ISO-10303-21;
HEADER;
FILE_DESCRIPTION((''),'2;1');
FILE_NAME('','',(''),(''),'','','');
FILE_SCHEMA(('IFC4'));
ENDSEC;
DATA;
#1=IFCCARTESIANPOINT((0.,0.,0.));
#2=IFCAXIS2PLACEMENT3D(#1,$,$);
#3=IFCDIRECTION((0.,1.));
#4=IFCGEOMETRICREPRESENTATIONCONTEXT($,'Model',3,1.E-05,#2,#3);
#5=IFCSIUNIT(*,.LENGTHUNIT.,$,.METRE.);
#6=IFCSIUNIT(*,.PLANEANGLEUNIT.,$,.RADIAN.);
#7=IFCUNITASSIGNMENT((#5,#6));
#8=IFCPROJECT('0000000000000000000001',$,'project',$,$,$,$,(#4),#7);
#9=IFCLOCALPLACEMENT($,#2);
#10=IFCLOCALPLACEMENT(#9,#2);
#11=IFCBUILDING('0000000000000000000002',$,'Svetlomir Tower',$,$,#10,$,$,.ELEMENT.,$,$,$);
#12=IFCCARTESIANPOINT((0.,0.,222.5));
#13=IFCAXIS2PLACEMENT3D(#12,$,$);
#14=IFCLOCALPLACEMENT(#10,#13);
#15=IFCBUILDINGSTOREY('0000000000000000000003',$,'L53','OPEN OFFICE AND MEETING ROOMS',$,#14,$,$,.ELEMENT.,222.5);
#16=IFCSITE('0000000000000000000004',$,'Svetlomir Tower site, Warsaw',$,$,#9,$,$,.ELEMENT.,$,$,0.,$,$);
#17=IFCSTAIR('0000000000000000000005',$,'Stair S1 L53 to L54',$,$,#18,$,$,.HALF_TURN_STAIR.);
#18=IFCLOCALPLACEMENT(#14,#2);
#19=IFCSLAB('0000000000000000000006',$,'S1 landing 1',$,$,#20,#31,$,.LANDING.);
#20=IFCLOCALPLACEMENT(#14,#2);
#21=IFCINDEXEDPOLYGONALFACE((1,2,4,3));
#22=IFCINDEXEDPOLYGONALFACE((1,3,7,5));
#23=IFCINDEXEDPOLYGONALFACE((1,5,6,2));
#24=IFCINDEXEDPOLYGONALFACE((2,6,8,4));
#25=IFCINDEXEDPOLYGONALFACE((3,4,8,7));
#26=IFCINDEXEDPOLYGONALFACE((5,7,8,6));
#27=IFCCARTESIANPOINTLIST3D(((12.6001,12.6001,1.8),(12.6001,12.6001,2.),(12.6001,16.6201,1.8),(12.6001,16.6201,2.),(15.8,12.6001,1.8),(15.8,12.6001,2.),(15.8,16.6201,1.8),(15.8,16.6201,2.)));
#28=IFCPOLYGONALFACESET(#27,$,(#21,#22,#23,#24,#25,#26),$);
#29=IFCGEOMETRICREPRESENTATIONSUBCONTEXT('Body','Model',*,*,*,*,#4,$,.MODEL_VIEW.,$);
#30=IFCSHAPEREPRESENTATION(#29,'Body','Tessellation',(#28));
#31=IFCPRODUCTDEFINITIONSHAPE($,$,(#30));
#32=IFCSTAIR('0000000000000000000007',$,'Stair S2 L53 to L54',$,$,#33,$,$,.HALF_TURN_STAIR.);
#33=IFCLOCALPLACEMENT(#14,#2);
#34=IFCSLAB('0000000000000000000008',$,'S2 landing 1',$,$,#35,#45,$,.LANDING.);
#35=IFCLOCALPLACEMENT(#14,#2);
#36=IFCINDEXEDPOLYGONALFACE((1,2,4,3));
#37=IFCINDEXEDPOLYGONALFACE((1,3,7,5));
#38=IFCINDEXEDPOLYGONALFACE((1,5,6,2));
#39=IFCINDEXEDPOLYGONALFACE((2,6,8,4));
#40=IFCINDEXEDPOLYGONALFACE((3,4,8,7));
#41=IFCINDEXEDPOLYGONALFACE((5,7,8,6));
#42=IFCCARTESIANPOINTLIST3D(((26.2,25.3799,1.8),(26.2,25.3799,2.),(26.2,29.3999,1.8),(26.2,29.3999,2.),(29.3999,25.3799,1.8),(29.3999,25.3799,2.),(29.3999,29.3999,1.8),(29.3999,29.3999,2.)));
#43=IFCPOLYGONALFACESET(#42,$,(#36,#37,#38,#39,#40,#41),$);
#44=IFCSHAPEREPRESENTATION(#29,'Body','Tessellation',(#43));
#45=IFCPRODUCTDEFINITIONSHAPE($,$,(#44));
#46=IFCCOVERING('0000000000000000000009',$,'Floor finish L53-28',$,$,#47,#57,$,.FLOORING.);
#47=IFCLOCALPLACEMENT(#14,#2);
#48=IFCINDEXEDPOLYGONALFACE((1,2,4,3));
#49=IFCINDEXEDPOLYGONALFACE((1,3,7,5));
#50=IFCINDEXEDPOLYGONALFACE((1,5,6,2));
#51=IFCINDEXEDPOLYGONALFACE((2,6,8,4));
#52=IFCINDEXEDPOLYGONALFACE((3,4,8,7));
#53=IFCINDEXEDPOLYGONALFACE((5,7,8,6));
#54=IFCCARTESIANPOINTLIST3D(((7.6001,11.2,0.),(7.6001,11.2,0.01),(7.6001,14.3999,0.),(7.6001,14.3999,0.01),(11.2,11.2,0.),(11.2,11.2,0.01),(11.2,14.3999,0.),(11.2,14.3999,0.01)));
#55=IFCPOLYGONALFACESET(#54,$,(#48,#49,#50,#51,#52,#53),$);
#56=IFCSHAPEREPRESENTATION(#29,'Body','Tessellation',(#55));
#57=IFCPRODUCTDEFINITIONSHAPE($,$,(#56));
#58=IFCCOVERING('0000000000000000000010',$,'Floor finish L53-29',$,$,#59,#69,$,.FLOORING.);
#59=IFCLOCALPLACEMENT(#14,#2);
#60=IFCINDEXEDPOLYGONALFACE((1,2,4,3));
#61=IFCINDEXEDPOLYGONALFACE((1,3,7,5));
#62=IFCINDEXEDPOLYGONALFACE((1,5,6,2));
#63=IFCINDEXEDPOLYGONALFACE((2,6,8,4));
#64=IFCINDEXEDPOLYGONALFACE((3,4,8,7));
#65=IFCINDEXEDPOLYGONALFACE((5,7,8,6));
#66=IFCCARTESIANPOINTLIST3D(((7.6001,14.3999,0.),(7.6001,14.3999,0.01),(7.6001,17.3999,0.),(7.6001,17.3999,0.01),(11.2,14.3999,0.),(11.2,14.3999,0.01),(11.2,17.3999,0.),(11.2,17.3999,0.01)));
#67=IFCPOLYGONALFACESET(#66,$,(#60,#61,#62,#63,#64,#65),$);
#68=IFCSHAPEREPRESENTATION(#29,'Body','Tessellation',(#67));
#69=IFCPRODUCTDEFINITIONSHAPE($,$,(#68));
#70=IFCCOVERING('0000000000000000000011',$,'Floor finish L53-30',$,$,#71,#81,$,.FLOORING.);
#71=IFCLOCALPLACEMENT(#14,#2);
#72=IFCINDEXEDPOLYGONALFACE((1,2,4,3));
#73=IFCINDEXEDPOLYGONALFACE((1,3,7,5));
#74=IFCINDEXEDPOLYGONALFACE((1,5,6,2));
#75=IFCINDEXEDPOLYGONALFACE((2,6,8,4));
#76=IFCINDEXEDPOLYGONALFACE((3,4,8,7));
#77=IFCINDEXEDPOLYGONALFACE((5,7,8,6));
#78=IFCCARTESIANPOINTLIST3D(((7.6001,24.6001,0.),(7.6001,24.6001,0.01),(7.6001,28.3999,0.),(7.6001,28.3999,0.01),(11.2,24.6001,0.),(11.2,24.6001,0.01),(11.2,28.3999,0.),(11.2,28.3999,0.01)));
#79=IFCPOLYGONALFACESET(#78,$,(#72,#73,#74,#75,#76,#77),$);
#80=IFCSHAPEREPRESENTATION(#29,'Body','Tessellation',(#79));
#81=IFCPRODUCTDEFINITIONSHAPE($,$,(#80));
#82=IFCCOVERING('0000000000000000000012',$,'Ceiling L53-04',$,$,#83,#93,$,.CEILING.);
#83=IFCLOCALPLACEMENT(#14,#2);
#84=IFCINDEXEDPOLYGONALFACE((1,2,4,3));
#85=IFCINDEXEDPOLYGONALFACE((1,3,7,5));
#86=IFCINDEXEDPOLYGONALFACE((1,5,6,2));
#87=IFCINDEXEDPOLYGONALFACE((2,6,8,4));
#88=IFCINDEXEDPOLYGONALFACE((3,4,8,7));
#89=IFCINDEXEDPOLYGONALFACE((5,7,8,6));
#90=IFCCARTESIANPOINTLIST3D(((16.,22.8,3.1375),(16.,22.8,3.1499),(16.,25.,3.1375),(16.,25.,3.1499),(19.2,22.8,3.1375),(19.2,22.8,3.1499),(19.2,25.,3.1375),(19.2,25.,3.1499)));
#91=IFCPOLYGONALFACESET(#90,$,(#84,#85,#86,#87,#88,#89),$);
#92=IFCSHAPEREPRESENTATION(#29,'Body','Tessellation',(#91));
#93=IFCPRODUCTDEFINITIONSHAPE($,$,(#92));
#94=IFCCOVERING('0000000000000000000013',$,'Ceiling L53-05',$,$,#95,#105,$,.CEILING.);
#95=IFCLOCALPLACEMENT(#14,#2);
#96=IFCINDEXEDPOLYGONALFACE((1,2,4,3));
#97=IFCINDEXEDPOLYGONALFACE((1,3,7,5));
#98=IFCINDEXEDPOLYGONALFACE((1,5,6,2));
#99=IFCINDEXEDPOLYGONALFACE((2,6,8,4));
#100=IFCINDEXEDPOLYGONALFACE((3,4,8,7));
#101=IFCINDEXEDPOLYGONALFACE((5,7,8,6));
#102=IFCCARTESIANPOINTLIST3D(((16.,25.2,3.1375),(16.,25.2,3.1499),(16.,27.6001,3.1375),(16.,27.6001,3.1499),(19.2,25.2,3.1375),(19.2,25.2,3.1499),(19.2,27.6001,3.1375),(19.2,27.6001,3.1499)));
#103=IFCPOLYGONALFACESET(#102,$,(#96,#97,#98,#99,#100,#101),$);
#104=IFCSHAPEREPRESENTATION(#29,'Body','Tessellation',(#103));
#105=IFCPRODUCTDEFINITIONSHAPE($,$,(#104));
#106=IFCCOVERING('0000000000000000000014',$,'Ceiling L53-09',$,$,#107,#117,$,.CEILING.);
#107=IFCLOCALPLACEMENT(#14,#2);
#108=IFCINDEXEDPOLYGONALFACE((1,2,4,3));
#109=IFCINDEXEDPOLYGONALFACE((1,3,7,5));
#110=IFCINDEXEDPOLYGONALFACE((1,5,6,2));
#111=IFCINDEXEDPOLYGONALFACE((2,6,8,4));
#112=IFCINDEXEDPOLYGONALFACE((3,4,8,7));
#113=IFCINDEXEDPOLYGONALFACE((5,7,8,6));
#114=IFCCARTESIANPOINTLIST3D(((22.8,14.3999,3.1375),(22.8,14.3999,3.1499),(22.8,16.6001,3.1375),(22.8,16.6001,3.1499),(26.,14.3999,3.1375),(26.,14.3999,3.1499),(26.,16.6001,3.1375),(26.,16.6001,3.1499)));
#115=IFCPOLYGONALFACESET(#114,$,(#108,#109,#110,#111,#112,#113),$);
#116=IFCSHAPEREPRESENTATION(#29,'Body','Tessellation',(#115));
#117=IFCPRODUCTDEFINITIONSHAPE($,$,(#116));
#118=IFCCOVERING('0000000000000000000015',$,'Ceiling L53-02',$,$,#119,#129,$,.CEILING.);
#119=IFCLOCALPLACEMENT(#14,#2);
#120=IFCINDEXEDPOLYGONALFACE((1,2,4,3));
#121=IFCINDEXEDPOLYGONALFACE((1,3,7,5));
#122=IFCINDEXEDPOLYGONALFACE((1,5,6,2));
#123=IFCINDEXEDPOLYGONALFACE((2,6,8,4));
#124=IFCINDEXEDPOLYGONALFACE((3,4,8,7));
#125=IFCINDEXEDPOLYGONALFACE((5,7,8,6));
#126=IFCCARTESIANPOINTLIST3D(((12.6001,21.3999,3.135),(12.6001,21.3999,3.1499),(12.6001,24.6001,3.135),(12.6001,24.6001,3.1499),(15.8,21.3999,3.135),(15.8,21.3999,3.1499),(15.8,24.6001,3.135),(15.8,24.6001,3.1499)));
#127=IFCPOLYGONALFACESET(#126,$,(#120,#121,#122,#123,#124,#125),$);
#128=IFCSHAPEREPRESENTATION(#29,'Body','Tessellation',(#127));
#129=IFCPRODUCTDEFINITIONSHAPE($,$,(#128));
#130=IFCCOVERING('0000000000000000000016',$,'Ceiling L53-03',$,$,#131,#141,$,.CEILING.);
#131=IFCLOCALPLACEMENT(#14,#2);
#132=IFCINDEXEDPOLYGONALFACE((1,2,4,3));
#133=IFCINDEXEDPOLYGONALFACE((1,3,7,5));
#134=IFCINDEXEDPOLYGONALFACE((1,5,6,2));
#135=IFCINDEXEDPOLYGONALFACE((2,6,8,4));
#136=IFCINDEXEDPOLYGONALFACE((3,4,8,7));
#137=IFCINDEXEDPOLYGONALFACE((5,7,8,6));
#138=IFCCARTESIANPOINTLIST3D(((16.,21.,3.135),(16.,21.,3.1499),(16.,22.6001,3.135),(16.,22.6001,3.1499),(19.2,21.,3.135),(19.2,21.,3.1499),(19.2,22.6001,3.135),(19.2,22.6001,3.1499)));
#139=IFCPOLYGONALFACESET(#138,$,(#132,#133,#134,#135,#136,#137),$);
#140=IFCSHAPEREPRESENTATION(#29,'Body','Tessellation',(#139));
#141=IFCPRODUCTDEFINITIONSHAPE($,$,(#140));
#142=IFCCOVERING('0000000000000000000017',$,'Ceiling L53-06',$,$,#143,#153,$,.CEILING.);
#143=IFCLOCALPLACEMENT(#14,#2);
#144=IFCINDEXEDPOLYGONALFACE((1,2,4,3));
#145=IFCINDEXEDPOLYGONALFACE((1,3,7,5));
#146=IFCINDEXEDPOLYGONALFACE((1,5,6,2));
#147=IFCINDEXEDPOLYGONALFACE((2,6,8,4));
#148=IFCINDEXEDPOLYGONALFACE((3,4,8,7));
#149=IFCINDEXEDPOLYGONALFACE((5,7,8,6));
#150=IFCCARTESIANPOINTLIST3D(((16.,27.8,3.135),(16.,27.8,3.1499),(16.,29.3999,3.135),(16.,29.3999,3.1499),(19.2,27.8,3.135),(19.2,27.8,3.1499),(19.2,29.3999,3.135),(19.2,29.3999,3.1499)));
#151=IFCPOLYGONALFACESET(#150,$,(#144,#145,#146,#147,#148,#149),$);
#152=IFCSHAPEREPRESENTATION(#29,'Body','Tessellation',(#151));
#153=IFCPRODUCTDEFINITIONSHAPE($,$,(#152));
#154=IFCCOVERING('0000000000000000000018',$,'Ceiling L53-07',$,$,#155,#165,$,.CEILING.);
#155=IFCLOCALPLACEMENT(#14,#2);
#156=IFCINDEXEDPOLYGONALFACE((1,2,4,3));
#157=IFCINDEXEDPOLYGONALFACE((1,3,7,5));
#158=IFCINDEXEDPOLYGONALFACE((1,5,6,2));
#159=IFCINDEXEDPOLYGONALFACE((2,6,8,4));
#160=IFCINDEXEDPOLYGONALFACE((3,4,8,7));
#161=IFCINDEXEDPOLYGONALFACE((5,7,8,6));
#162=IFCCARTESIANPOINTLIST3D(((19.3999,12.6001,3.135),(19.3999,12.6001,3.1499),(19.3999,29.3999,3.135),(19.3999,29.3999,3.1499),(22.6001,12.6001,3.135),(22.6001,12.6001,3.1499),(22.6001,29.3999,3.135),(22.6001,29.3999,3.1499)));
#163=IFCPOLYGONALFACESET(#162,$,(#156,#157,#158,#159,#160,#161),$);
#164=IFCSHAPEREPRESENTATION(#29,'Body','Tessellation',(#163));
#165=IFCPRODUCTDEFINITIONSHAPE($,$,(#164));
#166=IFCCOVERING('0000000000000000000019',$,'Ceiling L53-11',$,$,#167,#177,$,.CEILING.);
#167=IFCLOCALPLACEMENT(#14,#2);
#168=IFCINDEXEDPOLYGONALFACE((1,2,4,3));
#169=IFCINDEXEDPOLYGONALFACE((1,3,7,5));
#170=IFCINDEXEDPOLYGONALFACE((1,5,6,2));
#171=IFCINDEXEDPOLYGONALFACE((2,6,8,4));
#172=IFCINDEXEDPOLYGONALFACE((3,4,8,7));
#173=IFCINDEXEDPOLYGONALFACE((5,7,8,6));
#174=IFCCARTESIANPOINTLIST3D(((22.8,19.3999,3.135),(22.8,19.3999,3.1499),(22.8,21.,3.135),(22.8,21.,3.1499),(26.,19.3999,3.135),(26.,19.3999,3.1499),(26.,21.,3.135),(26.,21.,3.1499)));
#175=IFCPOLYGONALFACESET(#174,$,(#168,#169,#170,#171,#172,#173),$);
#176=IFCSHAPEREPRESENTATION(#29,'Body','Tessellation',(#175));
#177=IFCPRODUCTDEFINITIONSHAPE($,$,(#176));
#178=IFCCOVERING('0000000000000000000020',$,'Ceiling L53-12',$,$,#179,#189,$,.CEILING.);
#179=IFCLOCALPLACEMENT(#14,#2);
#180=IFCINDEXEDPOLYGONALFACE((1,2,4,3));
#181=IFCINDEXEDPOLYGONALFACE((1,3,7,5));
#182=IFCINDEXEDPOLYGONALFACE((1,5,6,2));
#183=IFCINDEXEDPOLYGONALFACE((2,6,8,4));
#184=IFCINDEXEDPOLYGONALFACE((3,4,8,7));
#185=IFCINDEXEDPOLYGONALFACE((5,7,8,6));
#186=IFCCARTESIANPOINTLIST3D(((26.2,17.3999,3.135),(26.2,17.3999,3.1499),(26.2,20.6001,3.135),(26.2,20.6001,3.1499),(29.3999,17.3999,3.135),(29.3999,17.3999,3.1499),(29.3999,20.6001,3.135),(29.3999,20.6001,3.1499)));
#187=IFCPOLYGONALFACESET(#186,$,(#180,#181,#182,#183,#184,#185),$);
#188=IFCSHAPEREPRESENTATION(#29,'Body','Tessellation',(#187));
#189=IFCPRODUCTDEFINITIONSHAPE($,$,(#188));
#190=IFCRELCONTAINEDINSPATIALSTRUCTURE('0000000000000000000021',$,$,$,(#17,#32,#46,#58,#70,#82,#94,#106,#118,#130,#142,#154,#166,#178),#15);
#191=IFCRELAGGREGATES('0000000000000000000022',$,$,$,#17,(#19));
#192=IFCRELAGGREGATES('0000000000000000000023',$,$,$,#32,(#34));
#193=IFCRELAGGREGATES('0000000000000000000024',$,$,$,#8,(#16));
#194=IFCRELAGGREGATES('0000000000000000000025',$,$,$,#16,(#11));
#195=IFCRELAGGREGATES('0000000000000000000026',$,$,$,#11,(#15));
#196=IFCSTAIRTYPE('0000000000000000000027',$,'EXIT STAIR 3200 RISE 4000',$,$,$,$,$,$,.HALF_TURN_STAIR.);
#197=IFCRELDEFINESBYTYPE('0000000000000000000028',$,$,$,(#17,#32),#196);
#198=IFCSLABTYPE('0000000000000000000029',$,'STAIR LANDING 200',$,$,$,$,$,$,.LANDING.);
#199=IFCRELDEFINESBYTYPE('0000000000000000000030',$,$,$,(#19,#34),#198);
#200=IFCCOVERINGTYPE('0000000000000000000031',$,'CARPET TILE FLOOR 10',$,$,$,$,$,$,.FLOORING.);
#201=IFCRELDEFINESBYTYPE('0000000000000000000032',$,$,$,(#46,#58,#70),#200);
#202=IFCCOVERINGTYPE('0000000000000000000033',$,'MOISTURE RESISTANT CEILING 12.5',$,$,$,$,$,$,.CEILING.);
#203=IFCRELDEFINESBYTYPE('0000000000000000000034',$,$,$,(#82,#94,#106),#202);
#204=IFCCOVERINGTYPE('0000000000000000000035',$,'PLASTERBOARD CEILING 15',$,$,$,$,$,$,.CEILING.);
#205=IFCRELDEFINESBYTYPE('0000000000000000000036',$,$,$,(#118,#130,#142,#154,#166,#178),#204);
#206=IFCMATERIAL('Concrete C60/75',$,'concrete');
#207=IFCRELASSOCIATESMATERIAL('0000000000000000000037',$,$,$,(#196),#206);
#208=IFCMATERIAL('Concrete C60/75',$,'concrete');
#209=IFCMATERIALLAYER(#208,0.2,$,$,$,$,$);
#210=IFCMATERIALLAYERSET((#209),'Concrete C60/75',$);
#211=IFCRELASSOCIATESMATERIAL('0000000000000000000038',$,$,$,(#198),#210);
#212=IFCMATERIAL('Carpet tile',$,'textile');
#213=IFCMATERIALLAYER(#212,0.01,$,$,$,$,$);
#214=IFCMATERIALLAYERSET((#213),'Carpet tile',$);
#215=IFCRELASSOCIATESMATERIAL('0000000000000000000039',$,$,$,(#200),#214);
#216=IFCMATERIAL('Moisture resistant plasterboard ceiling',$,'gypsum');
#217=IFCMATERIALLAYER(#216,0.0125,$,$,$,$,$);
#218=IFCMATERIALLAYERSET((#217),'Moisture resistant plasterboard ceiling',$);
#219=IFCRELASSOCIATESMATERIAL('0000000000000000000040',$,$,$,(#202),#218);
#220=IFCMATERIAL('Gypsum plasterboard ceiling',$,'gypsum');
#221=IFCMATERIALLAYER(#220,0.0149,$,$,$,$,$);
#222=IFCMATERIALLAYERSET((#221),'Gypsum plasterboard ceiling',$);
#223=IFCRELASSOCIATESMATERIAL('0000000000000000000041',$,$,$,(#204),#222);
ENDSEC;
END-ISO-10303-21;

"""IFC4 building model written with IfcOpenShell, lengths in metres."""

from ifc_helpers import new_model, si_unit, direction, frame, origin, place, context, subcontext, project, spatial, polyline, outline, extrude, material, layer, layer_set, type_object, element, aggregate, save


model = new_model("IFC4")

# Units and contexts
model_context = context("Model", 3, precision=1e-05, world=origin(), true_north=direction((0.0, 1.0)))
body_context = subcontext(model_context, "Body", "Model", "MODEL_VIEW")
ifc_project = project(units=[si_unit("LENGTHUNIT", "METRE"), si_unit("PLANEANGLEUNIT", "RADIAN")], contexts=[model_context])

# Site, building, storey
site_placement = place(None, origin())
site = spatial("IfcSite", under=ifc_project, at=site_placement, Name="Svetlomir Tower site, Warsaw", CompositionType="ELEMENT", RefElevation=0.0)
building_placement = place(site_placement, origin())
building = spatial("IfcBuilding", under=site, at=building_placement, Name="Svetlomir Tower", CompositionType="ELEMENT")
storey_placement = place(building_placement, frame((0.0, 0.0, 222.5)))
storey = spatial("IfcBuildingStorey", under=building, at=storey_placement, Name="L53", Description="OPEN OFFICE AND MEETING ROOMS", CompositionType="ELEMENT", Elevation=222.5)

# Stairs, slabs
ifc_material_1 = material(Name="Concrete C60/75", Category="concrete")
stair_type = type_object("IfcStairType", Name="EXIT STAIR 3200 RISE 4000", PredefinedType="HALF_TURN_STAIR", material=ifc_material_1)
stair_1_placement = place(storey_placement, origin())
stair_1 = element("IfcStair", 1, at=stair_1_placement, inside=storey, type_object=stair_type, Name="Stair S1 L53 to L54", PredefinedType="HALF_TURN_STAIR")
ifc_material_2 = material(Name="Concrete C60/75", Category="concrete")
ifc_layer_1 = layer(ifc_material_2, 0.2)
ifc_layer_set_1 = layer_set([ifc_layer_1], Name="Concrete C60/75")
slab_type = type_object("IfcSlabType", Name="STAIR LANDING 200", PredefinedType="LANDING", material=ifc_layer_set_1)
slab_1_placement = place(storey_placement, frame((0.0, 0.0, 1.8)))
slab_1 = element("IfcSlab", 2, at=slab_1_placement, type_object=slab_type, Name="S1 landing 1", PredefinedType="LANDING", context=body_context, shape_type="SweptSolid", body=[
    extrude(outline(polyline([(12.6001, 12.6001), (15.8, 12.6001), (15.8, 16.6201), (12.6001, 16.6201), (12.6001, 12.6001)])), origin(), (0.0, 0.0, 1.0), 0.2),
])
aggregate(stair_1, [slab_1])
stair_2_placement = place(storey_placement, origin())
stair_2 = element("IfcStair", 3, at=stair_2_placement, inside=storey, type_object=stair_type, Name="Stair S2 L53 to L54", PredefinedType="HALF_TURN_STAIR")
slab_2_placement = place(storey_placement, frame((0.0, 0.0, 1.8)))
slab_2 = element("IfcSlab", 4, at=slab_2_placement, type_object=slab_type, Name="S2 landing 1", PredefinedType="LANDING", context=body_context, shape_type="SweptSolid", body=[
    extrude(outline(polyline([(26.2, 25.3799), (29.3999, 25.3799), (29.3999, 29.3999), (26.2, 29.3999), (26.2, 25.3799)])), origin(), (0.0, 0.0, 1.0), 0.2),
])
aggregate(stair_2, [slab_2])

# Coverings
ifc_material_3 = material(Name="Carpet tile", Category="textile")
ifc_layer_2 = layer(ifc_material_3, 0.01)
ifc_layer_set_2 = layer_set([ifc_layer_2], Name="Carpet tile")
covering_type_1 = type_object("IfcCoveringType", Name="CARPET TILE FLOOR 10", PredefinedType="FLOORING", material=ifc_layer_set_2)
covering_1_placement = place(storey_placement, origin())
element("IfcCovering", 5, at=covering_1_placement, inside=storey, type_object=covering_type_1, Name="Floor finish L53-28", PredefinedType="FLOORING", context=body_context, shape_type="SweptSolid", body=[
    extrude(outline(polyline([(7.6001, 11.2), (11.2, 11.2), (11.2, 14.3999), (7.6001, 14.3999), (7.6001, 11.2)])), origin(), (0.0, 0.0, 1.0), 0.01),
])
covering_2_placement = place(storey_placement, origin())
element("IfcCovering", 6, at=covering_2_placement, inside=storey, type_object=covering_type_1, Name="Floor finish L53-29", PredefinedType="FLOORING", context=body_context, shape_type="SweptSolid", body=[
    extrude(outline(polyline([(7.6001, 14.3999), (11.2, 14.3999), (11.2, 17.3999), (7.6001, 17.3999), (7.6001, 14.3999)])), origin(), (0.0, 0.0, 1.0), 0.01),
])
covering_3_placement = place(storey_placement, origin())
element("IfcCovering", 7, at=covering_3_placement, inside=storey, type_object=covering_type_1, Name="Floor finish L53-30", PredefinedType="FLOORING", context=body_context, shape_type="SweptSolid", body=[
    extrude(outline(polyline([(7.6001, 24.6001), (11.2, 24.6001), (11.2, 28.3999), (7.6001, 28.3999), (7.6001, 24.6001)])), origin(), (0.0, 0.0, 1.0), 0.01),
])
ifc_material_4 = material(Name="Moisture resistant plasterboard ceiling", Category="gypsum")
ifc_layer_3 = layer(ifc_material_4, 0.0125)
ifc_layer_set_3 = layer_set([ifc_layer_3], Name="Moisture resistant plasterboard ceiling")
covering_type_2 = type_object("IfcCoveringType", Name="MOISTURE RESISTANT CEILING 12.5", PredefinedType="CEILING", material=ifc_layer_set_3)
covering_4_placement = place(storey_placement, frame((0.0, 0.0, 3.1375)))
element("IfcCovering", 8, at=covering_4_placement, inside=storey, type_object=covering_type_2, Name="Ceiling L53-04", PredefinedType="CEILING", context=body_context, shape_type="SweptSolid", body=[
    extrude(outline(polyline([(16.0, 22.8), (19.2, 22.8), (19.2, 25.0), (16.0, 25.0), (16.0, 22.8)])), origin(), (0.0, 0.0, 1.0), 0.0125),
])
covering_5_placement = place(storey_placement, frame((0.0, 0.0, 3.1375)))
element("IfcCovering", 9, at=covering_5_placement, inside=storey, type_object=covering_type_2, Name="Ceiling L53-05", PredefinedType="CEILING", context=body_context, shape_type="SweptSolid", body=[
    extrude(outline(polyline([(16.0, 25.2), (19.2, 25.2), (19.2, 27.6001), (16.0, 27.6001), (16.0, 25.2)])), origin(), (0.0, 0.0, 1.0), 0.0125),
])
covering_6_placement = place(storey_placement, frame((0.0, 0.0, 3.1375)))
element("IfcCovering", 10, at=covering_6_placement, inside=storey, type_object=covering_type_2, Name="Ceiling L53-09", PredefinedType="CEILING", context=body_context, shape_type="SweptSolid", body=[
    extrude(outline(polyline([(22.8, 14.3999), (26.0, 14.3999), (26.0, 16.6001), (22.8, 16.6001), (22.8, 14.3999)])), origin(), (0.0, 0.0, 1.0), 0.0125),
])
ifc_material_5 = material(Name="Gypsum plasterboard ceiling", Category="gypsum")
ifc_layer_4 = layer(ifc_material_5, 0.0149)
ifc_layer_set_4 = layer_set([ifc_layer_4], Name="Gypsum plasterboard ceiling")
covering_type_3 = type_object("IfcCoveringType", Name="PLASTERBOARD CEILING 15", PredefinedType="CEILING", material=ifc_layer_set_4)
covering_7_placement = place(storey_placement, frame((0.0, 0.0, 3.135)))
element("IfcCovering", 11, at=covering_7_placement, inside=storey, type_object=covering_type_3, Name="Ceiling L53-02", PredefinedType="CEILING", context=body_context, shape_type="SweptSolid", body=[
    extrude(outline(polyline([(12.6001, 21.3999), (15.8, 21.3999), (15.8, 24.6001), (12.6001, 24.6001), (12.6001, 21.3999)])), origin(), (0.0, 0.0, 1.0), 0.0149),
])
covering_8_placement = place(storey_placement, frame((0.0, 0.0, 3.135)))
element("IfcCovering", 12, at=covering_8_placement, inside=storey, type_object=covering_type_3, Name="Ceiling L53-03", PredefinedType="CEILING", context=body_context, shape_type="SweptSolid", body=[
    extrude(outline(polyline([(16.0, 21.0), (19.2, 21.0), (19.2, 22.6001), (16.0, 22.6001), (16.0, 21.0)])), origin(), (0.0, 0.0, 1.0), 0.0149),
])
covering_9_placement = place(storey_placement, frame((0.0, 0.0, 3.135)))
element("IfcCovering", 13, at=covering_9_placement, inside=storey, type_object=covering_type_3, Name="Ceiling L53-06", PredefinedType="CEILING", context=body_context, shape_type="SweptSolid", body=[
    extrude(outline(polyline([(16.0, 27.8), (19.2, 27.8), (19.2, 29.3999), (16.0, 29.3999), (16.0, 27.8)])), origin(), (0.0, 0.0, 1.0), 0.0149),
])
covering_10_placement = place(storey_placement, frame((0.0, 0.0, 3.135)))
element("IfcCovering", 14, at=covering_10_placement, inside=storey, type_object=covering_type_3, Name="Ceiling L53-07", PredefinedType="CEILING", context=body_context, shape_type="SweptSolid", body=[
    extrude(outline(polyline([(19.3999, 12.6001), (22.6001, 12.6001), (22.6001, 29.3999), (19.3999, 29.3999), (19.3999, 12.6001)])), origin(), (0.0, 0.0, 1.0), 0.0149),
])
covering_11_placement = place(storey_placement, frame((0.0, 0.0, 3.135)))
element("IfcCovering", 15, at=covering_11_placement, inside=storey, type_object=covering_type_3, Name="Ceiling L53-11", PredefinedType="CEILING", context=body_context, shape_type="SweptSolid", body=[
    extrude(outline(polyline([(22.8, 19.3999), (26.0, 19.3999), (26.0, 21.0), (22.8, 21.0), (22.8, 19.3999)])), origin(), (0.0, 0.0, 1.0), 0.0149),
])
covering_12_placement = place(storey_placement, frame((0.0, 0.0, 3.135)))
element("IfcCovering", 16, at=covering_12_placement, inside=storey, type_object=covering_type_3, Name="Ceiling L53-12", PredefinedType="CEILING", context=body_context, shape_type="SweptSolid", body=[
    extrude(outline(polyline([(26.2, 17.3999), (29.3999, 17.3999), (29.3999, 20.6001), (26.2, 20.6001), (26.2, 17.3999)])), origin(), (0.0, 0.0, 1.0), 0.0149),
])

save(model, "model.ifc")
